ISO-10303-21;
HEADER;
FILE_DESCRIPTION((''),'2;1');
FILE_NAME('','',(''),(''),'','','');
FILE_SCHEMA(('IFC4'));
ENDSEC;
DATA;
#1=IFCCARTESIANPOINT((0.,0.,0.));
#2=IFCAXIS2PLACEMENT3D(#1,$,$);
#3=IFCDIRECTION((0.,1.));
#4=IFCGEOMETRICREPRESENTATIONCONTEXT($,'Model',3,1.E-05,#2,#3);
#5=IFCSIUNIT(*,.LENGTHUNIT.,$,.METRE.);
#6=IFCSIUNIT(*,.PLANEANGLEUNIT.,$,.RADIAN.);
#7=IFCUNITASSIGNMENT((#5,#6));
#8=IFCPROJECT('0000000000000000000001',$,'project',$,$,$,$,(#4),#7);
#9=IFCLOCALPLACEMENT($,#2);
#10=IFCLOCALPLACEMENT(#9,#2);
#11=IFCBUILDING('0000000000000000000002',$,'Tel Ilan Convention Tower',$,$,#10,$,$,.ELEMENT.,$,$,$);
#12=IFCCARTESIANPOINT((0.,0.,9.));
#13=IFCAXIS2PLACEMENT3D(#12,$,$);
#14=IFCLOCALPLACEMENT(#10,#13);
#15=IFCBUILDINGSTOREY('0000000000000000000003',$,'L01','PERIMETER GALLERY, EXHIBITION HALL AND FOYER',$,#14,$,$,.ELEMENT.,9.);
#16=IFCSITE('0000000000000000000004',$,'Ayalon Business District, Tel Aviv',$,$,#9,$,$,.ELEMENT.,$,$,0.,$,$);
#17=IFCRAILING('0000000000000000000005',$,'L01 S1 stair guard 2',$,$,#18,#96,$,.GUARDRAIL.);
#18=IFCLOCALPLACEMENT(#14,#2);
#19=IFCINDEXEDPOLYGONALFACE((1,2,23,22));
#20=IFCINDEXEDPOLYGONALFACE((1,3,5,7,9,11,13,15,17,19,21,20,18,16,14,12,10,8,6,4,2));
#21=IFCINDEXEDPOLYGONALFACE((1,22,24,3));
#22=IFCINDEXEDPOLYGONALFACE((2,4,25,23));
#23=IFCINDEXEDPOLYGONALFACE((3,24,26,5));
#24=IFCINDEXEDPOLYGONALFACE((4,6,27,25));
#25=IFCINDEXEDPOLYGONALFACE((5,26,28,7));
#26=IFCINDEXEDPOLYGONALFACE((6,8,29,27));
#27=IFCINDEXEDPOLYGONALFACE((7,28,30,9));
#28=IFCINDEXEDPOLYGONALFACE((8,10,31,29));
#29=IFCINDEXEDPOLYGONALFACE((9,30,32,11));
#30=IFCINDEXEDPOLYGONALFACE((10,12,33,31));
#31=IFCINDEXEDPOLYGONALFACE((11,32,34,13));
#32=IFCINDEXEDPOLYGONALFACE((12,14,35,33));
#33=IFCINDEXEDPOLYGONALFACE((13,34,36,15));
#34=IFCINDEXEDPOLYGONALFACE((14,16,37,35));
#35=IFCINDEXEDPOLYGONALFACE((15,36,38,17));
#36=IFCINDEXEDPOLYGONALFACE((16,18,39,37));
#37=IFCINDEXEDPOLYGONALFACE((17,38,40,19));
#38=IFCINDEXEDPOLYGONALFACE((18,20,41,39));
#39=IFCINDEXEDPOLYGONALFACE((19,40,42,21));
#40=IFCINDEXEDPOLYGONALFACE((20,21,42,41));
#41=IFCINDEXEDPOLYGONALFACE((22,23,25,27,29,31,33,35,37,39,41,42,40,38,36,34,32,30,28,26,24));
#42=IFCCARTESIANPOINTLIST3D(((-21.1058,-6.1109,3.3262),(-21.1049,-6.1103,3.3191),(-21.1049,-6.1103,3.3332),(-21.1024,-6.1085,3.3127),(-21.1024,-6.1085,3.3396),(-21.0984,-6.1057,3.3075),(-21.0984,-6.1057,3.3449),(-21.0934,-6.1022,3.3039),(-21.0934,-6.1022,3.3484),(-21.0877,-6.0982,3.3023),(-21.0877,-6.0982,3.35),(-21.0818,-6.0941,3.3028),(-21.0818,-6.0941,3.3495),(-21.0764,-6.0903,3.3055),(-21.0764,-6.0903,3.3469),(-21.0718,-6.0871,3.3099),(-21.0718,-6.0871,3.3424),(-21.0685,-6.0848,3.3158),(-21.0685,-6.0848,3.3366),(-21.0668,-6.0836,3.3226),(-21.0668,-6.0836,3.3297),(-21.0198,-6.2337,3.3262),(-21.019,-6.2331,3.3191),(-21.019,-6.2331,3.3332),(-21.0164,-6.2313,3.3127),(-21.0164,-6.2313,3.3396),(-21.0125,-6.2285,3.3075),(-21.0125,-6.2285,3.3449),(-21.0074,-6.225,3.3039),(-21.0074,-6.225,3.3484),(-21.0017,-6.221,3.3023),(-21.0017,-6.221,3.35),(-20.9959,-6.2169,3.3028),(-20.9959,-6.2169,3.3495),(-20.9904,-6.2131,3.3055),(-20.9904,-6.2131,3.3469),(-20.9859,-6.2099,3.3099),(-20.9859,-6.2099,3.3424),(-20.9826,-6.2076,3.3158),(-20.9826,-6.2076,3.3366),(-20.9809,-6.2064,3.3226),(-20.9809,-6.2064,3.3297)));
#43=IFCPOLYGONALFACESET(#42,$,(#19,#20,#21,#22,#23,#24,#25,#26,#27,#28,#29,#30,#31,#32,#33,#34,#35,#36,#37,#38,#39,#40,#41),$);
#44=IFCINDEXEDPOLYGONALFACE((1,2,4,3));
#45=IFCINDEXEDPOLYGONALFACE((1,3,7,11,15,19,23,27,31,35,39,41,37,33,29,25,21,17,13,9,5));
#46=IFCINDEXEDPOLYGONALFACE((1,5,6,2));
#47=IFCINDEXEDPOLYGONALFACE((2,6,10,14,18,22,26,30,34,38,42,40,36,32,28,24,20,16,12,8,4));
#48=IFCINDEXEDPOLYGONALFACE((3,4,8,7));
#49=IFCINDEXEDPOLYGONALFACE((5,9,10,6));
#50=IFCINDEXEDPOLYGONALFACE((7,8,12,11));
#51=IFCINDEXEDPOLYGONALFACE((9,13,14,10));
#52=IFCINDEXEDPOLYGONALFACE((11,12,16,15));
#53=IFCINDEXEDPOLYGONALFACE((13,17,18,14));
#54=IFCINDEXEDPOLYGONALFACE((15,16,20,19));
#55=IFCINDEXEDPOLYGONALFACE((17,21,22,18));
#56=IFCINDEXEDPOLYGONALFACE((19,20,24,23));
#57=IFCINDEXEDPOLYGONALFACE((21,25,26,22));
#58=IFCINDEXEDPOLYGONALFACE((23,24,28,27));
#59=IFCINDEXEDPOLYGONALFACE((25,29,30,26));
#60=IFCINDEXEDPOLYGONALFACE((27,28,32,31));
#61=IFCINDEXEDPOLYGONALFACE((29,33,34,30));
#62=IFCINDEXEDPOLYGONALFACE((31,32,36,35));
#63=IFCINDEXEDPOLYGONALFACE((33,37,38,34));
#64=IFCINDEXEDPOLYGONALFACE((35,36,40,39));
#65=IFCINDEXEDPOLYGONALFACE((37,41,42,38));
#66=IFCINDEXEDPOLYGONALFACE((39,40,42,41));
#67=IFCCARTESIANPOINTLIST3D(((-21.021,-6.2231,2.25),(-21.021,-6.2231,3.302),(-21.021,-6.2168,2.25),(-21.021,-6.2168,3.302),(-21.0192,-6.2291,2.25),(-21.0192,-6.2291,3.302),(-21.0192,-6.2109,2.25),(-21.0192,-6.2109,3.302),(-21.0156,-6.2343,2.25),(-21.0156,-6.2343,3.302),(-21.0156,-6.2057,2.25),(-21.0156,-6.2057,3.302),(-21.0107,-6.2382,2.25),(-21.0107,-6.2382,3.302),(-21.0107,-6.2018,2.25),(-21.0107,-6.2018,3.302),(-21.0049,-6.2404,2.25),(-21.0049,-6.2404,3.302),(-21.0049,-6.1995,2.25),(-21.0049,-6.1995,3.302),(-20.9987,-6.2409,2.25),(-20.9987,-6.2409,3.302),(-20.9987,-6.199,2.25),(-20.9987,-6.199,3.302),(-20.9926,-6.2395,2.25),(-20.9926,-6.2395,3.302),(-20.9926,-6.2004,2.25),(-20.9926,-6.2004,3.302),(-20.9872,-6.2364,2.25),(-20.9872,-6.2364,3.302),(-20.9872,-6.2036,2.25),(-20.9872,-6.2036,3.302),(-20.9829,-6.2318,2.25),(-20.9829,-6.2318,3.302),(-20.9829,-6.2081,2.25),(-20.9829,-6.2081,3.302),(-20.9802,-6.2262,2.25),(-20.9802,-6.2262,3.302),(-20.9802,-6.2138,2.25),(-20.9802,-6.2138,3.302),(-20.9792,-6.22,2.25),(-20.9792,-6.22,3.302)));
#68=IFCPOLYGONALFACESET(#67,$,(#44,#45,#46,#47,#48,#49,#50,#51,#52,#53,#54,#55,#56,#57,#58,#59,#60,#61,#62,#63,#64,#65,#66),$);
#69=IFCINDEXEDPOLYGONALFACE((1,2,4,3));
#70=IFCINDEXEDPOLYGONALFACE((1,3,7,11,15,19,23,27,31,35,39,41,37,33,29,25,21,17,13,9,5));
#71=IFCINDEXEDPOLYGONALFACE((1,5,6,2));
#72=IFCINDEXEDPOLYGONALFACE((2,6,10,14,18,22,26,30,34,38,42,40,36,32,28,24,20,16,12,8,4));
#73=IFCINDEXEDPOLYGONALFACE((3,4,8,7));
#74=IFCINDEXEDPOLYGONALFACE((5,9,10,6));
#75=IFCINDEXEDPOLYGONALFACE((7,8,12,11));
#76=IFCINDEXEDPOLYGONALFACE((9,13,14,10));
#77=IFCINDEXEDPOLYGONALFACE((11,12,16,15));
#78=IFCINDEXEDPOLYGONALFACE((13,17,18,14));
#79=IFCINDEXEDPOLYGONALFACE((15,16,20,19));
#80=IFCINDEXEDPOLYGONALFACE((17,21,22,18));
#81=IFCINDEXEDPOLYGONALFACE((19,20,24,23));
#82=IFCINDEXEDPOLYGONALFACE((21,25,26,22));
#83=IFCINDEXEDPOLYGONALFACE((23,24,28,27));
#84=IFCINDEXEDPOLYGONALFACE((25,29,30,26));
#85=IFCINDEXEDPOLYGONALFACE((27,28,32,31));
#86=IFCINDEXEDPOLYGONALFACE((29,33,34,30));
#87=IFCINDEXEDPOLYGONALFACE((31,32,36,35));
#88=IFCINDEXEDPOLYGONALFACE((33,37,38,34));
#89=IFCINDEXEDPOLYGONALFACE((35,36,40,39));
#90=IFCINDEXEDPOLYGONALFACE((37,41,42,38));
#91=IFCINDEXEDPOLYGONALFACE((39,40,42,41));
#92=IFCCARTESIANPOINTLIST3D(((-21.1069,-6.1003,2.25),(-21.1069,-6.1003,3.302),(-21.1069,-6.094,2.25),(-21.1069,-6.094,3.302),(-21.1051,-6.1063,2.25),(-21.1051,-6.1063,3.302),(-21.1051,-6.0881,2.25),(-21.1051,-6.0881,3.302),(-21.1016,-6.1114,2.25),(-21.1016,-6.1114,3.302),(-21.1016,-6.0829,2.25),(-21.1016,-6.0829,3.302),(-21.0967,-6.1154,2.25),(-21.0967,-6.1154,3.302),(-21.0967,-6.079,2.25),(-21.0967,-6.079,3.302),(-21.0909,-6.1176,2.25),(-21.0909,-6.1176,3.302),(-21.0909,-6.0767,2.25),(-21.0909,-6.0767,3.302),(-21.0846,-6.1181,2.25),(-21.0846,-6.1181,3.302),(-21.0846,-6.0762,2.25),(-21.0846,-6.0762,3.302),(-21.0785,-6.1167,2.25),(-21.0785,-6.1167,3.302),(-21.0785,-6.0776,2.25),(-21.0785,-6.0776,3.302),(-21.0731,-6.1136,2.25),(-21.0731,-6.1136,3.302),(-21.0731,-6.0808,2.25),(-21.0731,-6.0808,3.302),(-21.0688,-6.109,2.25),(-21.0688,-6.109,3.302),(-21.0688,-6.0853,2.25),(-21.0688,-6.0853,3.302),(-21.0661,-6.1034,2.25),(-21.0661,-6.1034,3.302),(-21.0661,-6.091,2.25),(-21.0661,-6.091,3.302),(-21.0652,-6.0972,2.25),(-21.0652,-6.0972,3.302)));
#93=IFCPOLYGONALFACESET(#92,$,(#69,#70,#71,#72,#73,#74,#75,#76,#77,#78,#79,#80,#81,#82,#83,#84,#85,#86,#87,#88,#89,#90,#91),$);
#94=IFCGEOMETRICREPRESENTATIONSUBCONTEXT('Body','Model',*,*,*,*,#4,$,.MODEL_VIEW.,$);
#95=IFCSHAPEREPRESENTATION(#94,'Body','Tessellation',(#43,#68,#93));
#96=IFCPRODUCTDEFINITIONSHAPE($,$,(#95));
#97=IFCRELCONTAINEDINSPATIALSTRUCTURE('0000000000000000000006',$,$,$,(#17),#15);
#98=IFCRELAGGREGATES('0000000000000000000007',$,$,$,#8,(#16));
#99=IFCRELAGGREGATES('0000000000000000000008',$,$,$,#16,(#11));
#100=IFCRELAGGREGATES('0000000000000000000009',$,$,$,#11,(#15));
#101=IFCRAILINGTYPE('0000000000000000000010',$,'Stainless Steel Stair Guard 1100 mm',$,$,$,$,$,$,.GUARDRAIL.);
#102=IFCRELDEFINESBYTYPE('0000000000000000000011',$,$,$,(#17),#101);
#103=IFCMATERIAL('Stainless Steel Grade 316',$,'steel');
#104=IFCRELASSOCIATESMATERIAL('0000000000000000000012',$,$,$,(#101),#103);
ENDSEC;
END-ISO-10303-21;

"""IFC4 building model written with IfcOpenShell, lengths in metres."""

from ifc_helpers import new_model, si_unit, direction, frame, origin, origin_2d, place, context, subcontext, project, spatial, circle, extrude, material, type_object, element, save


model = new_model("IFC4")

# Units and contexts
model_context = context("Model", 3, precision=1e-05, world=origin(), true_north=direction((0.0, 1.0)))
body_context = subcontext(model_context, "Body", "Model", "MODEL_VIEW")
ifc_project = project(units=[si_unit("LENGTHUNIT", "METRE"), si_unit("PLANEANGLEUNIT", "RADIAN")], contexts=[model_context])

# Site, building, storey
site_placement = place(None, origin())
site = spatial("IfcSite", under=ifc_project, at=site_placement, Name="Ayalon Business District, Tel Aviv", CompositionType="ELEMENT", RefElevation=0.0)
building_placement = place(site_placement, origin())
building = spatial("IfcBuilding", under=site, at=building_placement, Name="Tel Ilan Convention Tower", CompositionType="ELEMENT")
storey_placement = place(building_placement, frame((0.0, 0.0, 9.0)))
storey = spatial("IfcBuildingStorey", under=building, at=storey_placement, Name="L01", Description="PERIMETER GALLERY, EXHIBITION HALL AND FOYER", CompositionType="ELEMENT", Elevation=9.0)

# Railing
ifc_material_1 = material(Name="Stainless Steel Grade 316", Category="steel")
railing_type_1 = type_object("IfcRailingType", Name="Stainless Steel Stair Guard 1100 mm", PredefinedType="GUARDRAIL", material=ifc_material_1)
railing_1_placement = place(storey_placement, frame((-21.0002, -6.22, 2.25)))
element("IfcRailing", 1, at=railing_1_placement, inside=storey, type_object=railing_type_1, Name="L01 S1 stair guard 2", PredefinedType="GUARDRAIL", context=body_context, shape_type="SweptSolid", body=[
    extrude(circle(Radius=0.0239, at=origin_2d()), frame((0.0, 0.0, 1.0762), z_axis=(-0.573353, 0.819308, 0.0), x_axis=(-0.819308, -0.573353, 0.0)), (0.0, 0.0, 1.0), 0.1499),
    extrude(circle(Radius=0.021, at=origin_2d()), origin(), (0.0, 0.0, 1.0), 1.052),
    extrude(circle(Radius=0.021, at=origin_2d()), frame((-0.0859, 0.1228, 0.0)), (0.0, 0.0, 1.0), 1.052),
])

save(model, "model.ifc")
